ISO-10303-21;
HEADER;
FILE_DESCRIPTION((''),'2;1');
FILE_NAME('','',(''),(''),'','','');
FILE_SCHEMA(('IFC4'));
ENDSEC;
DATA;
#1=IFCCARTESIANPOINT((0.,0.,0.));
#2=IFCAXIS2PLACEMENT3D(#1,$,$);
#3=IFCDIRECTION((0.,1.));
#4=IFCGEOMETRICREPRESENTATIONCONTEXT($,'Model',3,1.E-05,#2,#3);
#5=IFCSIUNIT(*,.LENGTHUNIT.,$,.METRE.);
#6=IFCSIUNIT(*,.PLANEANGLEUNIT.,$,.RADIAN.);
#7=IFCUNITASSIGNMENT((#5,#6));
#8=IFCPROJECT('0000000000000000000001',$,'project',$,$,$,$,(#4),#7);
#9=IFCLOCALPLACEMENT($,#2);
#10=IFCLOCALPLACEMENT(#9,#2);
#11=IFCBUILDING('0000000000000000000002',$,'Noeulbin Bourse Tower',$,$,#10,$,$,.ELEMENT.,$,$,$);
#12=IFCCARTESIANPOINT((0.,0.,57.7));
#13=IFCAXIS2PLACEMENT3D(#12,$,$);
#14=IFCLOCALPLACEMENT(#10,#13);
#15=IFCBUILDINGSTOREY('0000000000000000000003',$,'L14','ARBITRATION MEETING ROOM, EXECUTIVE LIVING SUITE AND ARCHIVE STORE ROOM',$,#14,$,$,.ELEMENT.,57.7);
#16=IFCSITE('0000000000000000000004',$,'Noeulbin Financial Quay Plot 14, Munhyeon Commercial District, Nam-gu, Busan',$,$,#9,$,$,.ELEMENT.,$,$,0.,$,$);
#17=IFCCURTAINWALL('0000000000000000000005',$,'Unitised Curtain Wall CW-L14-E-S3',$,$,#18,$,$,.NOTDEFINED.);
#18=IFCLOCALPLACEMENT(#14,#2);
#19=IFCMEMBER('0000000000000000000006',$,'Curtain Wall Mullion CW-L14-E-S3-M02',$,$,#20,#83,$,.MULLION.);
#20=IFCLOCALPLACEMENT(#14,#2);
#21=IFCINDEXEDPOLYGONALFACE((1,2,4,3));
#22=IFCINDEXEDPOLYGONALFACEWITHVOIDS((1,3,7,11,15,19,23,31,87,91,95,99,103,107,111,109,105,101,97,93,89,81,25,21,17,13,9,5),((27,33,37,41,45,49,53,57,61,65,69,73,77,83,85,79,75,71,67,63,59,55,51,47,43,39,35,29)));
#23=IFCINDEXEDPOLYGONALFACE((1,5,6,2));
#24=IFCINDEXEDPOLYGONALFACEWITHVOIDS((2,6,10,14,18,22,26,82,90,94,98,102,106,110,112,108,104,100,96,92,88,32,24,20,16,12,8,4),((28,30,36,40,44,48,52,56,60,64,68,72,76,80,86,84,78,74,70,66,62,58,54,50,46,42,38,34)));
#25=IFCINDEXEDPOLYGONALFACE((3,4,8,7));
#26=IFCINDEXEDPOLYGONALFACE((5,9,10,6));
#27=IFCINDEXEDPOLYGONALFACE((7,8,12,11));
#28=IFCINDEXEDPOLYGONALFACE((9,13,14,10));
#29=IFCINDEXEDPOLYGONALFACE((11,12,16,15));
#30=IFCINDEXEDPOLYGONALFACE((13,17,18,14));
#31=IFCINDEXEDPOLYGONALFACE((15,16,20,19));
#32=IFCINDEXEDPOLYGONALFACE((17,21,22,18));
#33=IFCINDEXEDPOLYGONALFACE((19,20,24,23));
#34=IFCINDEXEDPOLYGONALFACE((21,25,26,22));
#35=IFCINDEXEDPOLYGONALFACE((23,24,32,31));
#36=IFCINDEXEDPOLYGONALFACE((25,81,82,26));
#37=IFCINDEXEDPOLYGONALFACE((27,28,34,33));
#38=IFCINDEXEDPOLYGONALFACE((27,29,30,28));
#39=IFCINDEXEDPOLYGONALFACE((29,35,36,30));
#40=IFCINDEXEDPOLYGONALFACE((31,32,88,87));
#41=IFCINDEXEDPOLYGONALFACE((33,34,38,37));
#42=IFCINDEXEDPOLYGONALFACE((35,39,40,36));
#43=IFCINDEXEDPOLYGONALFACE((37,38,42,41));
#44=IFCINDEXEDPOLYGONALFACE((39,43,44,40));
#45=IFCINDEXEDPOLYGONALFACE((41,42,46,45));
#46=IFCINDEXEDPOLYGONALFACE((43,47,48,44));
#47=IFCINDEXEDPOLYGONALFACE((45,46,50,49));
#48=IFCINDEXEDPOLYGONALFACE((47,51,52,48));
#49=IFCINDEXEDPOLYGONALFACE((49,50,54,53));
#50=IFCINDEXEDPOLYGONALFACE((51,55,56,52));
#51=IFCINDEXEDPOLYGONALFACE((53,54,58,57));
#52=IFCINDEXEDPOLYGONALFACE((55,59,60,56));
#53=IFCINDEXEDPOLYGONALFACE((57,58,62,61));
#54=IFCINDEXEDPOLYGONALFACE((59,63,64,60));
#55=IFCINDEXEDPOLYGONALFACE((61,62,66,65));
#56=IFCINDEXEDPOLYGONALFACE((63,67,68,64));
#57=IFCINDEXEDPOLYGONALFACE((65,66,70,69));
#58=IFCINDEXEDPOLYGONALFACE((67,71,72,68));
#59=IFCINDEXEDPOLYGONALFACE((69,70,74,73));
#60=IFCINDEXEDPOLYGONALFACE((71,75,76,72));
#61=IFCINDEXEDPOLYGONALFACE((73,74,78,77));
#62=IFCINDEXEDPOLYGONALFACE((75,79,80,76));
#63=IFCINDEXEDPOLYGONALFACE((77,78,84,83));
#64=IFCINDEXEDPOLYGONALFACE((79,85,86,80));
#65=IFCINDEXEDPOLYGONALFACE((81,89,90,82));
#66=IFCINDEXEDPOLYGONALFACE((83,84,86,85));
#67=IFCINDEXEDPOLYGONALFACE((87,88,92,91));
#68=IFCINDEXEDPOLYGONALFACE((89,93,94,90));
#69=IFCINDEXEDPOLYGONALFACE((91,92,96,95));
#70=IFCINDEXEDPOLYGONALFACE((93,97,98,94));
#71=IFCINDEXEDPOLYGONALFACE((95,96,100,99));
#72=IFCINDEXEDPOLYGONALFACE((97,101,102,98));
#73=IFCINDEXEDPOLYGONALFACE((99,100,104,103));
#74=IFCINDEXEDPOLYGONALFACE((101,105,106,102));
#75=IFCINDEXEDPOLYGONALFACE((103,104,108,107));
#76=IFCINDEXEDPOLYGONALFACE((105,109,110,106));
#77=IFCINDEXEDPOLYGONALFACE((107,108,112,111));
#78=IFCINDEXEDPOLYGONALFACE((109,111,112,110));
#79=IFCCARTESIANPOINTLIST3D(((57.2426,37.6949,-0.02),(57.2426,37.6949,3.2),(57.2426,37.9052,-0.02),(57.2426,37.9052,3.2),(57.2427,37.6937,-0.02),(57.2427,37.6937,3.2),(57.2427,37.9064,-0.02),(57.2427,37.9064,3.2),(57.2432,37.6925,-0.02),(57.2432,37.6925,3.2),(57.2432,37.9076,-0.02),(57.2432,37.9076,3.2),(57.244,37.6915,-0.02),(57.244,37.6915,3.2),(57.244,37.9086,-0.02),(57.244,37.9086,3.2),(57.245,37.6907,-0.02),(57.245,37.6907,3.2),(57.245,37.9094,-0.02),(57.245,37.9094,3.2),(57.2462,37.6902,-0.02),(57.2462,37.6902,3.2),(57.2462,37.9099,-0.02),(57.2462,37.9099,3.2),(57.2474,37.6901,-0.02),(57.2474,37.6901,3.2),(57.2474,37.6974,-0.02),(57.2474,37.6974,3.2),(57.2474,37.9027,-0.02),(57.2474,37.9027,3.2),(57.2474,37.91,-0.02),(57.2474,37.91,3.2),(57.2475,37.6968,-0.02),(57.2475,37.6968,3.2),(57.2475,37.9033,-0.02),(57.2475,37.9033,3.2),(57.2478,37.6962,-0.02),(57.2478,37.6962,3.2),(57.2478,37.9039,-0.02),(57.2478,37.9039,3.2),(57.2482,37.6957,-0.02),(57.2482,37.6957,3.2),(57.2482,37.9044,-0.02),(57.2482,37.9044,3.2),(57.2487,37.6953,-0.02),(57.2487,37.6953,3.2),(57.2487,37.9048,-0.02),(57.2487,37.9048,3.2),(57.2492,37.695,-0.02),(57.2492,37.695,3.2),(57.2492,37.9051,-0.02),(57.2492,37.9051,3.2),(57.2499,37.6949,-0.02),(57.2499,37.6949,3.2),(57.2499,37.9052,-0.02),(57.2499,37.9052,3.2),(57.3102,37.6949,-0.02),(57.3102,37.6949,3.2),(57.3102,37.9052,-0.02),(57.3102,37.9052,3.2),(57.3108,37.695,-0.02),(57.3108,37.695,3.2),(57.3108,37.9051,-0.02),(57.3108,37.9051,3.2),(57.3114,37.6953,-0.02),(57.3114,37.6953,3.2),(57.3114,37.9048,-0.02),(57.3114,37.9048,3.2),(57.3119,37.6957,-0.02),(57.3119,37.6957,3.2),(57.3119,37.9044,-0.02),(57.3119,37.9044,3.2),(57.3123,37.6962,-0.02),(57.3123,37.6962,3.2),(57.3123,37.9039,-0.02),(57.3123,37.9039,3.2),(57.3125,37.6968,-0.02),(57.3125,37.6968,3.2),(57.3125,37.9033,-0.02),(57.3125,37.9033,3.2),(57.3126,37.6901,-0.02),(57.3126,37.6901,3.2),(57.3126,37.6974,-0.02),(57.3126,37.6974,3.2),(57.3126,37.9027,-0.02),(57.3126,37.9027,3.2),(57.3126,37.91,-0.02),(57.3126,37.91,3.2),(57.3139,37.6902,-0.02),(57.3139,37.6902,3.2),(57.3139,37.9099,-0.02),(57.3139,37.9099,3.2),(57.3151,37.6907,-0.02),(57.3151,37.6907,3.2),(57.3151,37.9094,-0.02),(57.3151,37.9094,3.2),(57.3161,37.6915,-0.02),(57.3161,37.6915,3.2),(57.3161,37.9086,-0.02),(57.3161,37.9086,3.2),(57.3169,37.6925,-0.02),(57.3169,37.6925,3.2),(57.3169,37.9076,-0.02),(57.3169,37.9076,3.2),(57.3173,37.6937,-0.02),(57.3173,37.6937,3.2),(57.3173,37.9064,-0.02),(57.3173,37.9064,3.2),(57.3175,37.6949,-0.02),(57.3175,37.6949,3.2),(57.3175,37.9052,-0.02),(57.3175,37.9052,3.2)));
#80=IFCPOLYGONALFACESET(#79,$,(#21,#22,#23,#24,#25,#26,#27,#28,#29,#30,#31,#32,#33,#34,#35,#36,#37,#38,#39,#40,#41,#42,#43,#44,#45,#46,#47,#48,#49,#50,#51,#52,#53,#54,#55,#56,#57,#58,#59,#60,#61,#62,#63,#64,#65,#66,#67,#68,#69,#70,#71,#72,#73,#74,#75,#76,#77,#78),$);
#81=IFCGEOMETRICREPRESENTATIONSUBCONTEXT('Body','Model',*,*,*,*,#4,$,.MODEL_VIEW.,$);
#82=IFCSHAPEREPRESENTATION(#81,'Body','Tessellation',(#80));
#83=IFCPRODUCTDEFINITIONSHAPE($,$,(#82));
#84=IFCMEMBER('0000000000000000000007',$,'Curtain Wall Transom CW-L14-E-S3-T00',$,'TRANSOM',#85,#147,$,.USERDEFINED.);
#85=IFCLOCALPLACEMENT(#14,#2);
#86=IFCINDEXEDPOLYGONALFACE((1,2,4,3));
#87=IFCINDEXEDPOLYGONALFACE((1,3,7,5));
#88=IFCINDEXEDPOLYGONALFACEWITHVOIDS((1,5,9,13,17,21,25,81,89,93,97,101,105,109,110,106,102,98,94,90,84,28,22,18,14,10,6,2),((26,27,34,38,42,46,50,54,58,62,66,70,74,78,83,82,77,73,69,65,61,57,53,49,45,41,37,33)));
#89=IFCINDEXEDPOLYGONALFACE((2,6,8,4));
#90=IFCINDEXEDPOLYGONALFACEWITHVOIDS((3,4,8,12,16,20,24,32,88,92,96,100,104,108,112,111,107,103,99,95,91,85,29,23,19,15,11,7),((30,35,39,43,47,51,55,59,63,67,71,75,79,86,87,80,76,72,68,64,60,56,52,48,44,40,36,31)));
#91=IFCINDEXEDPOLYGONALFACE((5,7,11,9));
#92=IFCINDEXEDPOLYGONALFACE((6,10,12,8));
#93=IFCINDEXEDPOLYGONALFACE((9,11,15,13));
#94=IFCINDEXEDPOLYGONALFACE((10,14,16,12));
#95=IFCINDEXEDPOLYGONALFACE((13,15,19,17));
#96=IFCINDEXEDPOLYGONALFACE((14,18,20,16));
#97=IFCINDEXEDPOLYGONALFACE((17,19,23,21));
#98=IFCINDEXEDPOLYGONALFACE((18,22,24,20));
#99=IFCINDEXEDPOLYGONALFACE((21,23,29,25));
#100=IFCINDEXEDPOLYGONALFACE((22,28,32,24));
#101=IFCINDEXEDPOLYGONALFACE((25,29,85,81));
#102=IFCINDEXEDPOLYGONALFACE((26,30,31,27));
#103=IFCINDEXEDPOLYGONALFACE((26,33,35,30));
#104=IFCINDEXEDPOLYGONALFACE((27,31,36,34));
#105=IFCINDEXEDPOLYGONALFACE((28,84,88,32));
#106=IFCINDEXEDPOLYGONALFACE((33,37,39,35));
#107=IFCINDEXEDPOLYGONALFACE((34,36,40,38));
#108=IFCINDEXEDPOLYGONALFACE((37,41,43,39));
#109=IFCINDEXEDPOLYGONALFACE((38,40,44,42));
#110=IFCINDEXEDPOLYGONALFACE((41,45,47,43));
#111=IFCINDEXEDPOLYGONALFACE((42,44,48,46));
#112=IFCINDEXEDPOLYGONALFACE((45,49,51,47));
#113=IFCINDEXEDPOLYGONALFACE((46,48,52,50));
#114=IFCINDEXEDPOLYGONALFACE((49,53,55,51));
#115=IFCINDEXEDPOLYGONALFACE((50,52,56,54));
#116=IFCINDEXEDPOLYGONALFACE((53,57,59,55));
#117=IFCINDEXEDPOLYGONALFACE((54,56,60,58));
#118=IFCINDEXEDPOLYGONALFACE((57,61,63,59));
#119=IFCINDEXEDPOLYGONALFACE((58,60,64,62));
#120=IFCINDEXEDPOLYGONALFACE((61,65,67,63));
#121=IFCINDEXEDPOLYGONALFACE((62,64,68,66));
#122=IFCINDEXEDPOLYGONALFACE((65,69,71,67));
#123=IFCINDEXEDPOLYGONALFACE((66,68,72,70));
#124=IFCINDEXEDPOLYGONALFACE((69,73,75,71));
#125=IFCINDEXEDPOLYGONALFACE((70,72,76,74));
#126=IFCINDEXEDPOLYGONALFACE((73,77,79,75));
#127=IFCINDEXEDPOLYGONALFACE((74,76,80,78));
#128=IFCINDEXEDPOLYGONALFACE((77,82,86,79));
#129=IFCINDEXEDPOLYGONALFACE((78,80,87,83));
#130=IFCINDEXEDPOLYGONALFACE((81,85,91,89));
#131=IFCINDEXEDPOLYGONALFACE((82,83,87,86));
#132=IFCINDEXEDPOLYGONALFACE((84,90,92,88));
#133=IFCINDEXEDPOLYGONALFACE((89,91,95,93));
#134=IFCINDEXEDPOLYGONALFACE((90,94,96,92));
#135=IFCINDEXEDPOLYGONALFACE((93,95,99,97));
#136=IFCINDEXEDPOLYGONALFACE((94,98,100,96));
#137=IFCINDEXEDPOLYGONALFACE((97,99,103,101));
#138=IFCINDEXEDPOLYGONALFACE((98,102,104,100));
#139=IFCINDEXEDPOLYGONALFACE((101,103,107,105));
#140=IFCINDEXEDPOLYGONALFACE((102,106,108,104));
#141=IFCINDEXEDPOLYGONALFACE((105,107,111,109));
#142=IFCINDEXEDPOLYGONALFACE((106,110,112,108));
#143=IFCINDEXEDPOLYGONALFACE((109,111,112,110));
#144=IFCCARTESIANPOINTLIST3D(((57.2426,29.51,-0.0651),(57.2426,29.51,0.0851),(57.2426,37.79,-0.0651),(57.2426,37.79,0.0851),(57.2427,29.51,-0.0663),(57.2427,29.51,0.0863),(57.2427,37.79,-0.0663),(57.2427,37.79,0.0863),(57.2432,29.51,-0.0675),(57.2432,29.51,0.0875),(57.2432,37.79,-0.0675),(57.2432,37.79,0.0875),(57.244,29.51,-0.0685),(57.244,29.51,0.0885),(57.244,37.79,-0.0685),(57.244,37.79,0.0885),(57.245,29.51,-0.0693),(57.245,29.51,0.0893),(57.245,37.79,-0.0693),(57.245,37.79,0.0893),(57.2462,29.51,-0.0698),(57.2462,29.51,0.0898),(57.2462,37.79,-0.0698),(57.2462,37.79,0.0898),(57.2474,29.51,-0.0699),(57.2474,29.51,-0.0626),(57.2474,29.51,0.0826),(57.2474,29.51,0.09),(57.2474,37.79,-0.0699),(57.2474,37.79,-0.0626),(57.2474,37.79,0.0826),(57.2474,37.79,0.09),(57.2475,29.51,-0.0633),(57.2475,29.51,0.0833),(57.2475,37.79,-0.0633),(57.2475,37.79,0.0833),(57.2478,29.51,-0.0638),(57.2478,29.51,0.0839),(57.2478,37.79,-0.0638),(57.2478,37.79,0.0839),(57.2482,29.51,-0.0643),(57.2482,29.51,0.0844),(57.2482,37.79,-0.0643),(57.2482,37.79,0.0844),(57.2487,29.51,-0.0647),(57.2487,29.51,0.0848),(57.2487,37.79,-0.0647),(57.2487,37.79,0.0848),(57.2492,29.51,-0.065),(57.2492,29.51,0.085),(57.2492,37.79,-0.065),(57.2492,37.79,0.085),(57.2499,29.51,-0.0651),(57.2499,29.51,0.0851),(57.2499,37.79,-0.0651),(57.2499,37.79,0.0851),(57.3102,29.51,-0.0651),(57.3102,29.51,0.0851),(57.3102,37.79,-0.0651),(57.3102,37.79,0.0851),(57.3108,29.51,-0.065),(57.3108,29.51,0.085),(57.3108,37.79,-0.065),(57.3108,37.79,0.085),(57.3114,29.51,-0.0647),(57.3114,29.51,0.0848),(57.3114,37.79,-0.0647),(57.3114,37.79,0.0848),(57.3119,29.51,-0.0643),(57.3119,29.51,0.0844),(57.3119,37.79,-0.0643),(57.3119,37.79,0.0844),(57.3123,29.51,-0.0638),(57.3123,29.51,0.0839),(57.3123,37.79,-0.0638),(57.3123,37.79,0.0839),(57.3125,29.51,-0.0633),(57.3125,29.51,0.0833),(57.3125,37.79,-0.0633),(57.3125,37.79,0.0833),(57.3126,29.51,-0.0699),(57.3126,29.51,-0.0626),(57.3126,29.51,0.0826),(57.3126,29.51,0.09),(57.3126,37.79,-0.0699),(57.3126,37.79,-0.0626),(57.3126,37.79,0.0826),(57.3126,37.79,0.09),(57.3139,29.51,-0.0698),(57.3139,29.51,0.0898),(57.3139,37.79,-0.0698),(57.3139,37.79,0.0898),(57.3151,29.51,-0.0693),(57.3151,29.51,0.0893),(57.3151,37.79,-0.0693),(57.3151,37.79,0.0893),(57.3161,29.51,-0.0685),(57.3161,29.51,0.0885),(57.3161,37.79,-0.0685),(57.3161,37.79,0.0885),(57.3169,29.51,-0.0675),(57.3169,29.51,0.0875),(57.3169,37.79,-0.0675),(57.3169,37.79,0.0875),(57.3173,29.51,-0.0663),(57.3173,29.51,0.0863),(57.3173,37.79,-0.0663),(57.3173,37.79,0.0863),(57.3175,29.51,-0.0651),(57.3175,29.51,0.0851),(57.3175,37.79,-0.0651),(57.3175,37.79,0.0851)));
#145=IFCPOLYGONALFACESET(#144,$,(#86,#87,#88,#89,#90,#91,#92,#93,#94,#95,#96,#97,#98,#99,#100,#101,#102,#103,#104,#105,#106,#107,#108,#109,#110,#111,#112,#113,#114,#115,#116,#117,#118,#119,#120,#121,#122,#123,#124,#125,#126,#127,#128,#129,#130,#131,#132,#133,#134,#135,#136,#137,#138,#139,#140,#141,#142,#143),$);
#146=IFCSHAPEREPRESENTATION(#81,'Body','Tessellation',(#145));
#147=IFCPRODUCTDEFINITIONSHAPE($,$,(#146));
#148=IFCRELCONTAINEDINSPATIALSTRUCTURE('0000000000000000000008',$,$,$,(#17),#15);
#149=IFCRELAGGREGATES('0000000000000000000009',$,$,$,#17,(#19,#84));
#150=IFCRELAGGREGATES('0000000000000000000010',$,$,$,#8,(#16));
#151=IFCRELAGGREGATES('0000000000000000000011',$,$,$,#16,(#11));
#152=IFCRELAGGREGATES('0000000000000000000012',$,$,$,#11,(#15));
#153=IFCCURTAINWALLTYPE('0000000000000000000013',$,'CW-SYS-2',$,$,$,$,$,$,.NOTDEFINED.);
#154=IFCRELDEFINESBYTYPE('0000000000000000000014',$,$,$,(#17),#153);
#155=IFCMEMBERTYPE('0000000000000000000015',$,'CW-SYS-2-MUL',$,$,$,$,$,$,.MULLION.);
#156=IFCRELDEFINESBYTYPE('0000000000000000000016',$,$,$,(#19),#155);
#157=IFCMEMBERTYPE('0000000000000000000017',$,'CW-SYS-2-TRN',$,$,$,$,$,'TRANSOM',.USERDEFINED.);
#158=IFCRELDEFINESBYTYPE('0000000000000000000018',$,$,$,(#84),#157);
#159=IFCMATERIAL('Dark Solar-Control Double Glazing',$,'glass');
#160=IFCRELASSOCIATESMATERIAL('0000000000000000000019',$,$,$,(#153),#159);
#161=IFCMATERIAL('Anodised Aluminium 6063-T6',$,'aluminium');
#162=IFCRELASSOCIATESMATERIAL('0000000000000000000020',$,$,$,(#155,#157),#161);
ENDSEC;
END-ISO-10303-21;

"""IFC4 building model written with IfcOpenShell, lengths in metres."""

from ifc_helpers import new_model, si_unit, direction, frame, origin, origin_2d, place, context, subcontext, project, spatial, hollow_rectangle, extrude, material, material_profile, profile_set, type_object, element, aggregate, save


model = new_model("IFC4")

# Units and contexts
model_context = context("Model", 3, precision=1e-05, world=origin(), true_north=direction((0.0, 1.0)))
body_context = subcontext(model_context, "Body", "Model", "MODEL_VIEW")
ifc_project = project(units=[si_unit("LENGTHUNIT", "METRE"), si_unit("PLANEANGLEUNIT", "RADIAN")], contexts=[model_context])

# Site, building, storey
site_placement = place(None, origin())
site = spatial("IfcSite", under=ifc_project, at=site_placement, Name="Noeulbin Financial Quay Plot 14, Munhyeon Commercial District, Nam-gu, Busan", CompositionType="ELEMENT", RefElevation=0.0)
building_placement = place(site_placement, origin())
building = spatial("IfcBuilding", under=site, at=building_placement, Name="Noeulbin Bourse Tower", CompositionType="ELEMENT")
storey_placement = place(building_placement, frame((0.0, 0.0, 57.7)))
storey = spatial("IfcBuildingStorey", under=building, at=storey_placement, Name="L14", Description="ARBITRATION MEETING ROOM, EXECUTIVE LIVING SUITE AND ARCHIVE STORE ROOM", CompositionType="ELEMENT", Elevation=57.7)

# Curtain wall, members
ifc_material_1 = material(Name="Dark Solar-Control Double Glazing", Category="glass")
curtain_wall_type = type_object("IfcCurtainWallType", Name="CW-SYS-2", PredefinedType="NOTDEFINED", material=ifc_material_1)
curtain_wall_placement = place(storey_placement, origin())
curtain_wall = element("IfcCurtainWall", 1, at=curtain_wall_placement, inside=storey, type_object=curtain_wall_type, Name="Unitised Curtain Wall CW-L14-E-S3", PredefinedType="NOTDEFINED")
ifc_material_2 = material(Name="Anodised Aluminium 6063-T6", Category="aluminium")
ifc_material_profile_1 = material_profile(ifc_material_2, hollow_rectangle(XDim=0.075, YDim=0.22, WallThickness=0.0049, InnerFilletRadius=0.0024, OuterFilletRadius=0.0049, at=origin_2d()), Name="ALU-MULL-75x220x5", Category="LoadBearing")
ifc_profile_set_1 = profile_set([ifc_material_profile_1], Name="Anodised Aluminium 6063-T6")
member_type_1 = type_object("IfcMemberType", Name="CW-SYS-2-MUL", PredefinedType="MULLION", material=ifc_profile_set_1)
member_1_placement = place(storey_placement, frame((57.28, 37.8, -0.02), z_axis=(0.0, 0.0, 1.0), x_axis=(1.0, 0.0, 0.0)))
member_1 = element("IfcMember", 2, at=member_1_placement, type_object=member_type_1, Name="Curtain Wall Mullion CW-L14-E-S3-M02", PredefinedType="MULLION", context=body_context, shape_type="SweptSolid", body=[
    extrude(hollow_rectangle(XDim=0.075, YDim=0.22, WallThickness=0.0049, InnerFilletRadius=0.0024, OuterFilletRadius=0.0049, at=origin_2d()), origin(), (0.0, 0.0, 1.0), 3.22),
])
ifc_material_profile_2 = material_profile(ifc_material_2, hollow_rectangle(XDim=0.075, YDim=0.1599, WallThickness=0.0049, InnerFilletRadius=0.0024, OuterFilletRadius=0.0049, at=origin_2d()), Name="ALU-TRAN-75x160x5", Category="LoadBearing")
ifc_profile_set_2 = profile_set([ifc_material_profile_2], Name="Anodised Aluminium 6063-T6")
member_type_2 = type_object("IfcMemberType", Name="CW-SYS-2-TRN", ElementType="TRANSOM", PredefinedType="USERDEFINED", material=ifc_profile_set_2)
member_2_placement = place(storey_placement, frame((57.28, 29.51, 0.01), z_axis=(0.0, 1.0, 0.0), x_axis=(-1.0, 0.0, 0.0)))
member_2 = element("IfcMember", 3, at=member_2_placement, type_object=member_type_2, Name="Curtain Wall Transom CW-L14-E-S3-T00", ObjectType="TRANSOM", PredefinedType="USERDEFINED", context=body_context, shape_type="SweptSolid", body=[
    extrude(hollow_rectangle(XDim=0.075, YDim=0.1599, WallThickness=0.0049, InnerFilletRadius=0.0024, OuterFilletRadius=0.0049, at=origin_2d()), origin(), (0.0, 0.0, 1.0), 8.28),
])
aggregate(curtain_wall, [member_1, member_2])

save(model, "model.ifc")
